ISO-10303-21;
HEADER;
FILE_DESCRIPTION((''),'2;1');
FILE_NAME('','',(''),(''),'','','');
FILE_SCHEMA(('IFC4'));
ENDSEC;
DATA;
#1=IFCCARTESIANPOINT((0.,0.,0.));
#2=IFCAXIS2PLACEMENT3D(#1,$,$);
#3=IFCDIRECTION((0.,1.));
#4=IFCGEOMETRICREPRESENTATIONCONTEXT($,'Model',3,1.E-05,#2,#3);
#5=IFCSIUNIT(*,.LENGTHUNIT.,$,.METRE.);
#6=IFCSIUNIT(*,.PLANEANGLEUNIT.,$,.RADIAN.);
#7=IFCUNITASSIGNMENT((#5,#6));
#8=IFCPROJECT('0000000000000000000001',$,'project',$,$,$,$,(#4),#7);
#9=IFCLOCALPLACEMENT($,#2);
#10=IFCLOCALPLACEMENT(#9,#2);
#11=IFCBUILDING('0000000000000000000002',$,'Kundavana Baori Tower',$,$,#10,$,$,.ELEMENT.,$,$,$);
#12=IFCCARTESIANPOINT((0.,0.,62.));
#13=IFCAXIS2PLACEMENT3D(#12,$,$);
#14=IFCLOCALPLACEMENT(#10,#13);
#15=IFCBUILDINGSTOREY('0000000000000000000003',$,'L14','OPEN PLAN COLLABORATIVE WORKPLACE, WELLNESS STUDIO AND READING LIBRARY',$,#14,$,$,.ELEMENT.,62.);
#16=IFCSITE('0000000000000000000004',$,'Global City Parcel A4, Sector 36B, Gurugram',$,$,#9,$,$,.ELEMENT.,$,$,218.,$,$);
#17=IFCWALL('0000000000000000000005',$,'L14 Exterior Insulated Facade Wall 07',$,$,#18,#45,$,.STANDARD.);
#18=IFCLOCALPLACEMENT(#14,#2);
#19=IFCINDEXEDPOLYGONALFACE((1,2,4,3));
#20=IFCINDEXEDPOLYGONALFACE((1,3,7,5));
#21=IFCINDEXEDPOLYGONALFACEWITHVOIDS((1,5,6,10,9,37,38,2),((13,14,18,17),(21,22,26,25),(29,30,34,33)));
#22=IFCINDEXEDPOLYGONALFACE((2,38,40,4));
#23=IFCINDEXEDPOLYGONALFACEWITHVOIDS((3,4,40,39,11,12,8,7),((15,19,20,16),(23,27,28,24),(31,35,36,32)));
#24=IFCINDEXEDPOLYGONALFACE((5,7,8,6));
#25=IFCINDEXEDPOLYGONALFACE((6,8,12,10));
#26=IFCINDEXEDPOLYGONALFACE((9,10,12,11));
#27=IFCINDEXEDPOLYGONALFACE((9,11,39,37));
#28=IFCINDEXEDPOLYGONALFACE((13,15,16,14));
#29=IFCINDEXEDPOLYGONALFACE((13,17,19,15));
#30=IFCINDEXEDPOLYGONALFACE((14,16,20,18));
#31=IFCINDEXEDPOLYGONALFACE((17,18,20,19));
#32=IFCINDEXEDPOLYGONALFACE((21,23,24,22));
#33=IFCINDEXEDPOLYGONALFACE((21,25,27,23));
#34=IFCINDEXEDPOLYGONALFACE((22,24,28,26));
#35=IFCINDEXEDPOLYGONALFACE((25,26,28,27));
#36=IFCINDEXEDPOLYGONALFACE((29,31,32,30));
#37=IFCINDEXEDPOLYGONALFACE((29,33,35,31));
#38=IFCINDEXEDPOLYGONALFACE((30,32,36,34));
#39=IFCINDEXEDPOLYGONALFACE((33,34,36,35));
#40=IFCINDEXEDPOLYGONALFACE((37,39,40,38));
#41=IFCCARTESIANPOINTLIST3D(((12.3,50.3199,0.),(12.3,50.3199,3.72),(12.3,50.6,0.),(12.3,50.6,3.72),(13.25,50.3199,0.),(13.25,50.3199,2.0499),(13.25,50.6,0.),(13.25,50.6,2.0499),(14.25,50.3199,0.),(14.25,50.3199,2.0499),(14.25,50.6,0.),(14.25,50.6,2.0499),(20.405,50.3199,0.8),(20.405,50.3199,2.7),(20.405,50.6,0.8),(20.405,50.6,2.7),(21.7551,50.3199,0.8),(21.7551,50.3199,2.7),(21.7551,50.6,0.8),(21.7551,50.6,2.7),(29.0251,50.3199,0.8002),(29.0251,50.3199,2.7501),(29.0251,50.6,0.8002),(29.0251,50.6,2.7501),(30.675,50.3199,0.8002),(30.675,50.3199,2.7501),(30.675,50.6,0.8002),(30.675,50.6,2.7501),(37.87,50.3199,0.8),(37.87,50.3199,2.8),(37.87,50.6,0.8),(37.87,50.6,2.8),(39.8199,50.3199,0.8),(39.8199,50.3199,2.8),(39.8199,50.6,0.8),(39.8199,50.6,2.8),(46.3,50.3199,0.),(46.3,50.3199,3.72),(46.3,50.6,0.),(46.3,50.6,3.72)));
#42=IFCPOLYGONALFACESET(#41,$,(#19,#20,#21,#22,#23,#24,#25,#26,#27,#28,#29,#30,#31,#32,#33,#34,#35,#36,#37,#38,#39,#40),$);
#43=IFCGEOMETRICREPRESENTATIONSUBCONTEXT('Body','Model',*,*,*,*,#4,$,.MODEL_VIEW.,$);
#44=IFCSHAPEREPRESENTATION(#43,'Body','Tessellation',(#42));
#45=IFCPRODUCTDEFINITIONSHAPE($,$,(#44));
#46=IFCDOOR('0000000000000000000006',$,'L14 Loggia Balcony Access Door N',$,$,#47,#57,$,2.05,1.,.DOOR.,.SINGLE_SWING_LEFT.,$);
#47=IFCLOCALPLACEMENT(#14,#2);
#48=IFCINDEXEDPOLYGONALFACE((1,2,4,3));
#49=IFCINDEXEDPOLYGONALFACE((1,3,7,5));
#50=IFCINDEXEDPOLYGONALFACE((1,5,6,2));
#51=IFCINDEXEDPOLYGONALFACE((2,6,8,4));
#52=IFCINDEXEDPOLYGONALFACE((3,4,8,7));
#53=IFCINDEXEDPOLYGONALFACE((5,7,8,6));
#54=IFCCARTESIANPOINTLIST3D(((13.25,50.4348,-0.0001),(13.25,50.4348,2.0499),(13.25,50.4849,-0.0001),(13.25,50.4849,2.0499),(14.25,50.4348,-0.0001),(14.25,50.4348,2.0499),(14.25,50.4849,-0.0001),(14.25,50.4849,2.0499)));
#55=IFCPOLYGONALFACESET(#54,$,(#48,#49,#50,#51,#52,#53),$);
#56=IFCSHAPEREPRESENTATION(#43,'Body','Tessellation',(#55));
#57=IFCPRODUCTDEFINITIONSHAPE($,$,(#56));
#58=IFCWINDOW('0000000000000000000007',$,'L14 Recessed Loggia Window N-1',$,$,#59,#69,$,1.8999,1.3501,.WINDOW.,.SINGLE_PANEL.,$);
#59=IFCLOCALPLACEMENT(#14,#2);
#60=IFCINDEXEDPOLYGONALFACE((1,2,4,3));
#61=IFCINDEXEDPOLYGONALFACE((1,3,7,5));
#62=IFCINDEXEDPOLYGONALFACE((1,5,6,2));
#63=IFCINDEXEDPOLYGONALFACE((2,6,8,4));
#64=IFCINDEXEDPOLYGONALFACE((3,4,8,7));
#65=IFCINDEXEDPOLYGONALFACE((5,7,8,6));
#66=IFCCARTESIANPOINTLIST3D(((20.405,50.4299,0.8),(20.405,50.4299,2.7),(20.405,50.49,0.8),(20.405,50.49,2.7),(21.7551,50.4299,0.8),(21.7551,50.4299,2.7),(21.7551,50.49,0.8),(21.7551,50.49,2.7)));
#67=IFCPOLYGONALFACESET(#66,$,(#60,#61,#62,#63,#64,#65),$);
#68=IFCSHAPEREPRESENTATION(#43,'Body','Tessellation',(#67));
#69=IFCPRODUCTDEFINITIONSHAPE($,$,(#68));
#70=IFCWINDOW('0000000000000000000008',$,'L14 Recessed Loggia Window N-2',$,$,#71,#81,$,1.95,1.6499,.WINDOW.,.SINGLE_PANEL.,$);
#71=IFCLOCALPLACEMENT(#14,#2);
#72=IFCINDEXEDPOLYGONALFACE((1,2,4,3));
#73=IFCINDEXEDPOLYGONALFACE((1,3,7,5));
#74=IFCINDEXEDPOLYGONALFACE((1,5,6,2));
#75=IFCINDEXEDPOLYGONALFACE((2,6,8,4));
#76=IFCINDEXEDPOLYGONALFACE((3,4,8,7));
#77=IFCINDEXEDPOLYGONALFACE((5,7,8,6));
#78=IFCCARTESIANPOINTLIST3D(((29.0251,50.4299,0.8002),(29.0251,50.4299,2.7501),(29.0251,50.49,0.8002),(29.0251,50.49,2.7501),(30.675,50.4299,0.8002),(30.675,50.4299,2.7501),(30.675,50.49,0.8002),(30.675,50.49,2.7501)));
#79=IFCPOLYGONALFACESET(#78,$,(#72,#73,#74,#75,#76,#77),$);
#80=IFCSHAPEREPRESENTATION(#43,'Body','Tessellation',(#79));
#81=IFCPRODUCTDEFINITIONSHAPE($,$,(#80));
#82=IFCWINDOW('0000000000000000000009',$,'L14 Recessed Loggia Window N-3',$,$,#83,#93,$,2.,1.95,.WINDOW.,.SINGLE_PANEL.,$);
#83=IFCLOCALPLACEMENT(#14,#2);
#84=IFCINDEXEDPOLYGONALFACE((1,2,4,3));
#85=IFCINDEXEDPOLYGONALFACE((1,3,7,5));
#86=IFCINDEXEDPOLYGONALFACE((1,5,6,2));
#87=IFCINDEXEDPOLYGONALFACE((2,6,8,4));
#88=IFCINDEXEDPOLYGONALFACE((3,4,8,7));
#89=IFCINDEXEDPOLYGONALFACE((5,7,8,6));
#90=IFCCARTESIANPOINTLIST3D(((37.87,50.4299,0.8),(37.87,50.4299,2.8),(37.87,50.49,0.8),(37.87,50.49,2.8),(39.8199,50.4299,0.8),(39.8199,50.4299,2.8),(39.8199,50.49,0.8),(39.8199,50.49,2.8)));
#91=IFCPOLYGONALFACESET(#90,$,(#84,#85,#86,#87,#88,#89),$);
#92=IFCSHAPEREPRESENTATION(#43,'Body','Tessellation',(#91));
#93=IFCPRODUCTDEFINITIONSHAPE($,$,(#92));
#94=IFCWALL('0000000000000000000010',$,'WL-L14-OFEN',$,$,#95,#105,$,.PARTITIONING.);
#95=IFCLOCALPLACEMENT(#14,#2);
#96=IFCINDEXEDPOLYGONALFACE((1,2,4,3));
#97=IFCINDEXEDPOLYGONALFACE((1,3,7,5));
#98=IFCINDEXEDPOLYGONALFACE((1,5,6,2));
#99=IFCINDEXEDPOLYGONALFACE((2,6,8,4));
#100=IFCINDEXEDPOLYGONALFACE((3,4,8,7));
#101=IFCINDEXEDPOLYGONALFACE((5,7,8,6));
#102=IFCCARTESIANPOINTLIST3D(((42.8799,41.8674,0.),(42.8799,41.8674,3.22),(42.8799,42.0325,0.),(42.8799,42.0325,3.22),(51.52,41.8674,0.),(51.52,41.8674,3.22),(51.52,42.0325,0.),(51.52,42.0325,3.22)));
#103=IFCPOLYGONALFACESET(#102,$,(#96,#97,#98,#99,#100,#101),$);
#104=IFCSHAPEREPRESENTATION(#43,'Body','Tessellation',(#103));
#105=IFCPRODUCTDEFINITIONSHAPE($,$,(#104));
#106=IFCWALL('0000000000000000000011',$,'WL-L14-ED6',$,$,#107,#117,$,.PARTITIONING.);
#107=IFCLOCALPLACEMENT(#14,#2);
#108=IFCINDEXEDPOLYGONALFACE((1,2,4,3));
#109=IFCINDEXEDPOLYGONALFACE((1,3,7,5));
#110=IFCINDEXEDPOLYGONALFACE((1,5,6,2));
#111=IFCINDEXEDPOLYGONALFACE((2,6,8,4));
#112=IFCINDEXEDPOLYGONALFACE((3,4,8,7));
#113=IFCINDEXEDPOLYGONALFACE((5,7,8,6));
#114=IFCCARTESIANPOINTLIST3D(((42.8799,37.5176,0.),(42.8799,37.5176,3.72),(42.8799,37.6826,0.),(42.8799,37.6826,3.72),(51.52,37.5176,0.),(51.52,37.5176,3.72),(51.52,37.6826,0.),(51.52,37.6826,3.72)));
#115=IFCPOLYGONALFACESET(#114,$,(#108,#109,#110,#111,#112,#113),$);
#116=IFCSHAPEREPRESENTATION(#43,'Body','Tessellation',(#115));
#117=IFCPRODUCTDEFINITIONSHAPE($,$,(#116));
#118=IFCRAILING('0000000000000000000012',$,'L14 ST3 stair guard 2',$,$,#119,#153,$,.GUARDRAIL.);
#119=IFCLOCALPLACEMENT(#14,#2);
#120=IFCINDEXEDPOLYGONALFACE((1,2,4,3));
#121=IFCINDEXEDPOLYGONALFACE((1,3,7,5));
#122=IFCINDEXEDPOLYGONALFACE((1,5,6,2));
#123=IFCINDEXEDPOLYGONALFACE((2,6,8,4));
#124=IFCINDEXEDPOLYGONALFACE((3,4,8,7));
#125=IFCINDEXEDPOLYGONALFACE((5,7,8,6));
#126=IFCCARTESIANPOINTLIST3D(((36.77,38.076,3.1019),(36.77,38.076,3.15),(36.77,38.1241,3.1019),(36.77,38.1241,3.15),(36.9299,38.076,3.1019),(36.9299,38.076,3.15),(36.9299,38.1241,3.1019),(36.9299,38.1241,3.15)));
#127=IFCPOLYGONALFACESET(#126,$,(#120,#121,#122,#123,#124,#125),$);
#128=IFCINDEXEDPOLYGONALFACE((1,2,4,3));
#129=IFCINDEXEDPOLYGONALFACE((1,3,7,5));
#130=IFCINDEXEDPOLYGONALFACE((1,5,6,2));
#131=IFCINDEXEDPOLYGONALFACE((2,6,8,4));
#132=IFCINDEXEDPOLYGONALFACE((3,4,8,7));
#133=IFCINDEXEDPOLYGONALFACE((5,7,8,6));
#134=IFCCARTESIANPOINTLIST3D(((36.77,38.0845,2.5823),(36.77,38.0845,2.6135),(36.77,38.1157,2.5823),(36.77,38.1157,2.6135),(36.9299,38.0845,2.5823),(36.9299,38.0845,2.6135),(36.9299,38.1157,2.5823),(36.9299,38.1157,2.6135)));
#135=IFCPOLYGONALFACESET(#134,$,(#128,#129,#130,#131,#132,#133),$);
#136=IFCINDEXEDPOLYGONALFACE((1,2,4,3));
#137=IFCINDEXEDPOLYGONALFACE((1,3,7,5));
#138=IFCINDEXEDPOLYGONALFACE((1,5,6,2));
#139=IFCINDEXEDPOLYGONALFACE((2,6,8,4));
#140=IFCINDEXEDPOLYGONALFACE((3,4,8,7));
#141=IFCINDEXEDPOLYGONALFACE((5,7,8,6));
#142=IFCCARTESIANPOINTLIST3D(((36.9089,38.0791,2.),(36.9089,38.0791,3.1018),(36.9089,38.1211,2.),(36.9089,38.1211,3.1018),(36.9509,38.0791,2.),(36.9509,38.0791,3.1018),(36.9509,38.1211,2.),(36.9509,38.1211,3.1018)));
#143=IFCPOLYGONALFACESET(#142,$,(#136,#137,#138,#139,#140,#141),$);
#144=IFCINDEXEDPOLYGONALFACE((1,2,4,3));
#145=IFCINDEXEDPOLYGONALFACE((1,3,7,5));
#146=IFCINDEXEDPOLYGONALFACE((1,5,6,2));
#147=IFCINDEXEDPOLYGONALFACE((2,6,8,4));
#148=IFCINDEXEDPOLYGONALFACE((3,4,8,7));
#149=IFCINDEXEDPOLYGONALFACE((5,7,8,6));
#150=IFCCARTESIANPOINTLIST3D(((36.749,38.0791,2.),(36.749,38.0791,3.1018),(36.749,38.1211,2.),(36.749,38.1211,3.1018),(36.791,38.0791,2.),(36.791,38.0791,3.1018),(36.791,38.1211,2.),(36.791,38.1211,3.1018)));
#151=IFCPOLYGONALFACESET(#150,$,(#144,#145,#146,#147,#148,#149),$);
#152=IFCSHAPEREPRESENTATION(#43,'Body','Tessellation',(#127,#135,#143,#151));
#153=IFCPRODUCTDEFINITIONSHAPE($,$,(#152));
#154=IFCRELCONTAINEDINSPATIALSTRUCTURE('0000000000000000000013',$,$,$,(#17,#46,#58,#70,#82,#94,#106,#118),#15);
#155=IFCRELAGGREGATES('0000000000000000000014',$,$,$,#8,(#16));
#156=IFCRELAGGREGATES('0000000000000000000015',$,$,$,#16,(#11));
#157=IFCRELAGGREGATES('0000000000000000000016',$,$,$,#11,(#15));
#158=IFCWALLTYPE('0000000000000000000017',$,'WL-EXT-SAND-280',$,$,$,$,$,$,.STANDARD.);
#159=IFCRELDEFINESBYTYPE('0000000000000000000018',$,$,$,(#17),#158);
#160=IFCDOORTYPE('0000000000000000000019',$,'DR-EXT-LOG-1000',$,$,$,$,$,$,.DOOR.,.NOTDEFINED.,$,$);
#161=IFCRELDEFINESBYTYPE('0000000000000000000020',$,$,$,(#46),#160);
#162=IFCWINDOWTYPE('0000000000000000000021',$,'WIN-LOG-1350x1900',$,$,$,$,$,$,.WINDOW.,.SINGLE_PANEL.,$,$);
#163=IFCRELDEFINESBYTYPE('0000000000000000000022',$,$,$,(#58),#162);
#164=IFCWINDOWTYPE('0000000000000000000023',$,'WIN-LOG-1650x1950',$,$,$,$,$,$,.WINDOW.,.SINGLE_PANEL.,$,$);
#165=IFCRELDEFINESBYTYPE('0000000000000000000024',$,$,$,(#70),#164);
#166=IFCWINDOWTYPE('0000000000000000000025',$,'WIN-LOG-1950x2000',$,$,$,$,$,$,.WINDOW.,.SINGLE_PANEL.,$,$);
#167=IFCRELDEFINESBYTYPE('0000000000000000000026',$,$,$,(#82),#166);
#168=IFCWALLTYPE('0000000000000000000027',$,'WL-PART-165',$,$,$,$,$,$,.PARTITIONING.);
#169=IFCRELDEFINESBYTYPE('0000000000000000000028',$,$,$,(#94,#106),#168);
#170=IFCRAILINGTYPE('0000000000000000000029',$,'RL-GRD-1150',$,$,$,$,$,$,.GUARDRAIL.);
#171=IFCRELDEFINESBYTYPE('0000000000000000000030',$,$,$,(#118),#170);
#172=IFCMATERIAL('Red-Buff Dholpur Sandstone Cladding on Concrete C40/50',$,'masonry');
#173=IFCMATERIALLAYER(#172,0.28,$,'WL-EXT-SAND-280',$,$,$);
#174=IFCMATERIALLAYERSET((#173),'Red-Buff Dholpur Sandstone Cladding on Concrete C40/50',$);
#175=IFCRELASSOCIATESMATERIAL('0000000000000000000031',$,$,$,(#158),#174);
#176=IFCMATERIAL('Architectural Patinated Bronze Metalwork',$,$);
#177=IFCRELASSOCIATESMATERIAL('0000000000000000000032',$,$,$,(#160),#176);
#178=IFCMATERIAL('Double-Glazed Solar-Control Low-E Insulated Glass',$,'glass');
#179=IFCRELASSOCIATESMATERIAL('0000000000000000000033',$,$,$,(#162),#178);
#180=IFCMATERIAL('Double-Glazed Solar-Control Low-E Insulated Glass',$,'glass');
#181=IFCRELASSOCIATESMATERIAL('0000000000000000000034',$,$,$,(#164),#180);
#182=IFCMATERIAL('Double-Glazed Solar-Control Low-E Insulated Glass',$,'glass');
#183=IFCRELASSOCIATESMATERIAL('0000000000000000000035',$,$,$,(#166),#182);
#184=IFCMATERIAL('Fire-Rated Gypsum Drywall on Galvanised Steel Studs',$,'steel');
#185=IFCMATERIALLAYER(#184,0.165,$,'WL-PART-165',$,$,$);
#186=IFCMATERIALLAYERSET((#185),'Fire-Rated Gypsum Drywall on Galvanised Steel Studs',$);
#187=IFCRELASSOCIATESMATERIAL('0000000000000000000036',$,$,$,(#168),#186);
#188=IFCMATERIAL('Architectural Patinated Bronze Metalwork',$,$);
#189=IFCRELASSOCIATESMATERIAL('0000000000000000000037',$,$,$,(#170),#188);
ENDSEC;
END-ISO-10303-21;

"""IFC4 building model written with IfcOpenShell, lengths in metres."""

from ifc_helpers import new_model, si_unit, direction, frame, frame_2d, origin, origin_2d, place, context, subcontext, project, spatial, rectangle, extrude, material, layer, layer_set, type_object, element, fill, save


model = new_model("IFC4")

# Units and contexts
model_context = context("Model", 3, precision=1e-05, world=origin(), true_north=direction((0.0, 1.0)))
body_context = subcontext(model_context, "Body", "Model", "MODEL_VIEW")
ifc_project = project(units=[si_unit("LENGTHUNIT", "METRE"), si_unit("PLANEANGLEUNIT", "RADIAN")], contexts=[model_context])

# Site, building, storey
site_placement = place(None, origin())
site = spatial("IfcSite", under=ifc_project, at=site_placement, Name="Global City Parcel A4, Sector 36B, Gurugram", CompositionType="ELEMENT", RefElevation=218.0)
building_placement = place(site_placement, origin())
building = spatial("IfcBuilding", under=site, at=building_placement, Name="Kundavana Baori Tower", CompositionType="ELEMENT")
storey_placement = place(building_placement, frame((0.0, 0.0, 62.0)))
storey = spatial("IfcBuildingStorey", under=building, at=storey_placement, Name="L14", Description="OPEN PLAN COLLABORATIVE WORKPLACE, WELLNESS STUDIO AND READING LIBRARY", CompositionType="ELEMENT", Elevation=62.0)

# Shared definitions
ifc_material_1 = material(Name="Red-Buff Dholpur Sandstone Cladding on Concrete C40/50", Category="masonry")
ifc_layer_1 = layer(ifc_material_1, 0.28, Name="WL-EXT-SAND-280")
ifc_layer_set_1 = layer_set([ifc_layer_1], Name="Red-Buff Dholpur Sandstone Cladding on Concrete C40/50")
wall_type_1 = type_object("IfcWallType", Name="WL-EXT-SAND-280", PredefinedType="STANDARD", material=ifc_layer_set_1)

# Wall, openings, door, windows
wall_1_placement = place(storey_placement, frame((46.3, 50.46, 0.0), z_axis=(0.0, 0.0, 1.0), x_axis=(-1.0, 0.0, 0.0)))
wall_1 = element("IfcWall", 1, at=wall_1_placement, inside=storey, type_object=wall_type_1, Name="L14 Exterior Insulated Facade Wall 07", PredefinedType="STANDARD", context=body_context, shape_type="SweptSolid", body=[
    extrude(rectangle(XDim=34.0, YDim=0.28, at=frame_2d((17.0, 0.0))), origin(), (0.0, 0.0, 1.0), 3.72),
])
opening_1_placement = place(wall_1_placement, frame((32.05, 0.0, 0.0)))
opening_1 = element("IfcOpeningElement", 2, at=opening_1_placement, cuts=wall_1, PredefinedType="OPENING", context=body_context, shape_type="SweptSolid", body=[
    extrude(rectangle(XDim=1.0, YDim=2.05, at=frame_2d((0.5, 1.0249))), frame((0.0, 0.1499, 0.0), z_axis=(0.0, -1.0, 0.0), x_axis=(1.0, 0.0, 0.0)), (0.0, 0.0, 1.0), 0.3),
])
opening_2_placement = place(wall_1_placement, frame((24.5449, 0.0, 0.8)))
opening_2 = element("IfcOpeningElement", 3, at=opening_2_placement, cuts=wall_1, PredefinedType="OPENING", context=body_context, shape_type="SweptSolid", body=[
    extrude(rectangle(XDim=1.3501, YDim=1.8999, at=frame_2d((0.675, 0.95))), frame((0.0, 0.1499, 0.0), z_axis=(0.0, -1.0, 0.0), x_axis=(1.0, 0.0, 0.0)), (0.0, 0.0, 1.0), 0.3),
])
opening_3_placement = place(wall_1_placement, frame((15.625, 0.0, 0.8)))
opening_3 = element("IfcOpeningElement", 4, at=opening_3_placement, cuts=wall_1, PredefinedType="OPENING", context=body_context, shape_type="SweptSolid", body=[
    extrude(rectangle(XDim=1.6499, YDim=1.95, at=frame_2d((0.825, 0.9751))), frame((0.0, 0.1499, 0.0), z_axis=(0.0, -1.0, 0.0), x_axis=(1.0, 0.0, 0.0)), (0.0, 0.0, 1.0), 0.3),
])
opening_4_placement = place(wall_1_placement, frame((6.48, 0.0, 0.8)))
opening_4 = element("IfcOpeningElement", 5, at=opening_4_placement, cuts=wall_1, PredefinedType="OPENING", context=body_context, shape_type="SweptSolid", body=[
    extrude(rectangle(XDim=1.95, YDim=2.0, at=frame_2d((0.9751, 1.0))), frame((0.0, 0.1499, 0.0), z_axis=(0.0, -1.0, 0.0), x_axis=(1.0, 0.0, 0.0)), (0.0, 0.0, 1.0), 0.3),
])
ifc_material_2 = material(Name="Architectural Patinated Bronze Metalwork")
door_type = type_object("IfcDoorType", Name="DR-EXT-LOG-1000", OperationType="NOTDEFINED", PredefinedType="DOOR", material=ifc_material_2)
door_placement = place(opening_1_placement, frame((1.0, 0.0, 0.0), z_axis=(0.0, 0.0, 1.0), x_axis=(-1.0, 0.0, 0.0)))
door = element("IfcDoor", 6, at=door_placement, inside=storey, type_object=door_type, Name="L14 Loggia Balcony Access Door N", OperationType="SINGLE_SWING_LEFT", OverallHeight=2.05, OverallWidth=1.0, PredefinedType="DOOR", context=body_context, shape_type="SweptSolid", body=[
    extrude(rectangle(XDim=1.0, YDim=2.05, at=frame_2d((0.5, 1.0249))), frame((0.0, 0.0249, 0.0), z_axis=(0.0, -1.0, 0.0), x_axis=(1.0, 0.0, 0.0)), (0.0, 0.0, 1.0), 0.05),
])
fill(opening_1, door)
ifc_material_3 = material(Name="Double-Glazed Solar-Control Low-E Insulated Glass", Category="glass")
window_type_1 = type_object("IfcWindowType", Name="WIN-LOG-1350x1900", PartitioningType="SINGLE_PANEL", PredefinedType="WINDOW", material=ifc_material_3)
window_1_placement = place(opening_2_placement, origin())
window_1 = element("IfcWindow", 7, at=window_1_placement, inside=storey, type_object=window_type_1, Name="L14 Recessed Loggia Window N-1", OverallHeight=1.8999, OverallWidth=1.3501, PartitioningType="SINGLE_PANEL", PredefinedType="WINDOW", context=body_context, shape_type="SweptSolid", body=[
    extrude(rectangle(XDim=1.3501, YDim=1.8999, at=frame_2d((0.675, 0.95))), frame((0.0, 0.03, 0.0), z_axis=(0.0, -1.0, 0.0), x_axis=(1.0, 0.0, 0.0)), (0.0, 0.0, 1.0), 0.0601),
])
fill(opening_2, window_1)
ifc_material_4 = material(Name="Double-Glazed Solar-Control Low-E Insulated Glass", Category="glass")
window_type_2 = type_object("IfcWindowType", Name="WIN-LOG-1650x1950", PartitioningType="SINGLE_PANEL", PredefinedType="WINDOW", material=ifc_material_4)
window_2_placement = place(opening_3_placement, origin())
window_2 = element("IfcWindow", 8, at=window_2_placement, inside=storey, type_object=window_type_2, Name="L14 Recessed Loggia Window N-2", OverallHeight=1.95, OverallWidth=1.6499, PartitioningType="SINGLE_PANEL", PredefinedType="WINDOW", context=body_context, shape_type="SweptSolid", body=[
    extrude(rectangle(XDim=1.6499, YDim=1.95, at=frame_2d((0.825, 0.9751))), frame((0.0, 0.03, 0.0), z_axis=(0.0, -1.0, 0.0), x_axis=(1.0, 0.0, 0.0)), (0.0, 0.0, 1.0), 0.0601),
])
fill(opening_3, window_2)
ifc_material_5 = material(Name="Double-Glazed Solar-Control Low-E Insulated Glass", Category="glass")
window_type_3 = type_object("IfcWindowType", Name="WIN-LOG-1950x2000", PartitioningType="SINGLE_PANEL", PredefinedType="WINDOW", material=ifc_material_5)
window_3_placement = place(opening_4_placement, origin())
window_3 = element("IfcWindow", 9, at=window_3_placement, inside=storey, type_object=window_type_3, Name="L14 Recessed Loggia Window N-3", OverallHeight=2.0, OverallWidth=1.95, PartitioningType="SINGLE_PANEL", PredefinedType="WINDOW", context=body_context, shape_type="SweptSolid", body=[
    extrude(rectangle(XDim=1.95, YDim=2.0, at=frame_2d((0.9751, 1.0))), frame((0.0, 0.03, 0.0), z_axis=(0.0, -1.0, 0.0), x_axis=(1.0, 0.0, 0.0)), (0.0, 0.0, 1.0), 0.0601),
])
fill(opening_4, window_3)

# Walls
ifc_material_6 = material(Name="Fire-Rated Gypsum Drywall on Galvanised Steel Studs", Category="steel")
ifc_layer_2 = layer(ifc_material_6, 0.165, Name="WL-PART-165")
ifc_layer_set_2 = layer_set([ifc_layer_2], Name="Fire-Rated Gypsum Drywall on Galvanised Steel Studs")
wall_type_2 = type_object("IfcWallType", Name="WL-PART-165", PredefinedType="PARTITIONING", material=ifc_layer_set_2)
wall_2_placement = place(storey_placement, frame((42.8799, 41.95, 0.0), z_axis=(0.0, 0.0, 1.0), x_axis=(1.0, 0.0, 0.0)))
element("IfcWall", 10, at=wall_2_placement, inside=storey, type_object=wall_type_2, Name="WL-L14-OFEN", PredefinedType="PARTITIONING", context=body_context, shape_type="SweptSolid", body=[
    extrude(rectangle(XDim=8.6401, YDim=0.165, at=frame_2d((4.3201, 0.0))), origin(), (0.0, 0.0, 1.0), 3.22),
])
wall_3_placement = place(storey_placement, frame((42.8799, 37.6001, 0.0), z_axis=(0.0, 0.0, 1.0), x_axis=(1.0, 0.0, 0.0)))
element("IfcWall", 11, at=wall_3_placement, inside=storey, type_object=wall_type_2, Name="WL-L14-ED6", PredefinedType="PARTITIONING", context=body_context, shape_type="SweptSolid", body=[
    extrude(rectangle(XDim=8.6401, YDim=0.165, at=frame_2d((4.3201, 0.0))), origin(), (0.0, 0.0, 1.0), 3.72),
])

# Railing
ifc_material_7 = material(Name="Architectural Patinated Bronze Metalwork")
railing_type_1 = type_object("IfcRailingType", Name="RL-GRD-1150", PredefinedType="GUARDRAIL", material=ifc_material_7)
railing_1_placement = place(storey_placement, frame((36.9299, 38.1001, 2.0)))
element("IfcRailing", 12, at=railing_1_placement, inside=storey, type_object=railing_type_1, Name="L14 ST3 stair guard 2", PredefinedType="GUARDRAIL", context=body_context, shape_type="SweptSolid", body=[
    extrude(rectangle(XDim=0.0481, YDim=0.0481, at=origin_2d()), frame((0.0, 0.0, 1.126), z_axis=(-1.0, 0.0, 0.0), x_axis=(0.0, -1.0, 0.0)), (0.0, 0.0, 1.0), 0.1599),
    extrude(rectangle(XDim=0.0312, YDim=0.0312, at=origin_2d()), frame((0.0, 0.0, 0.5979), z_axis=(-1.0, 0.0, 0.0), x_axis=(0.0, -1.0, 0.0)), (0.0, 0.0, 1.0), 0.1599),
    extrude(rectangle(XDim=0.042, YDim=0.042, at=origin_2d()), origin(), (0.0, 0.0, 1.0), 1.1018),
    extrude(rectangle(XDim=0.042, YDim=0.042, at=origin_2d()), frame((-0.1599, 0.0, 0.0)), (0.0, 0.0, 1.0), 1.1018),
])

save(model, "model.ifc")
